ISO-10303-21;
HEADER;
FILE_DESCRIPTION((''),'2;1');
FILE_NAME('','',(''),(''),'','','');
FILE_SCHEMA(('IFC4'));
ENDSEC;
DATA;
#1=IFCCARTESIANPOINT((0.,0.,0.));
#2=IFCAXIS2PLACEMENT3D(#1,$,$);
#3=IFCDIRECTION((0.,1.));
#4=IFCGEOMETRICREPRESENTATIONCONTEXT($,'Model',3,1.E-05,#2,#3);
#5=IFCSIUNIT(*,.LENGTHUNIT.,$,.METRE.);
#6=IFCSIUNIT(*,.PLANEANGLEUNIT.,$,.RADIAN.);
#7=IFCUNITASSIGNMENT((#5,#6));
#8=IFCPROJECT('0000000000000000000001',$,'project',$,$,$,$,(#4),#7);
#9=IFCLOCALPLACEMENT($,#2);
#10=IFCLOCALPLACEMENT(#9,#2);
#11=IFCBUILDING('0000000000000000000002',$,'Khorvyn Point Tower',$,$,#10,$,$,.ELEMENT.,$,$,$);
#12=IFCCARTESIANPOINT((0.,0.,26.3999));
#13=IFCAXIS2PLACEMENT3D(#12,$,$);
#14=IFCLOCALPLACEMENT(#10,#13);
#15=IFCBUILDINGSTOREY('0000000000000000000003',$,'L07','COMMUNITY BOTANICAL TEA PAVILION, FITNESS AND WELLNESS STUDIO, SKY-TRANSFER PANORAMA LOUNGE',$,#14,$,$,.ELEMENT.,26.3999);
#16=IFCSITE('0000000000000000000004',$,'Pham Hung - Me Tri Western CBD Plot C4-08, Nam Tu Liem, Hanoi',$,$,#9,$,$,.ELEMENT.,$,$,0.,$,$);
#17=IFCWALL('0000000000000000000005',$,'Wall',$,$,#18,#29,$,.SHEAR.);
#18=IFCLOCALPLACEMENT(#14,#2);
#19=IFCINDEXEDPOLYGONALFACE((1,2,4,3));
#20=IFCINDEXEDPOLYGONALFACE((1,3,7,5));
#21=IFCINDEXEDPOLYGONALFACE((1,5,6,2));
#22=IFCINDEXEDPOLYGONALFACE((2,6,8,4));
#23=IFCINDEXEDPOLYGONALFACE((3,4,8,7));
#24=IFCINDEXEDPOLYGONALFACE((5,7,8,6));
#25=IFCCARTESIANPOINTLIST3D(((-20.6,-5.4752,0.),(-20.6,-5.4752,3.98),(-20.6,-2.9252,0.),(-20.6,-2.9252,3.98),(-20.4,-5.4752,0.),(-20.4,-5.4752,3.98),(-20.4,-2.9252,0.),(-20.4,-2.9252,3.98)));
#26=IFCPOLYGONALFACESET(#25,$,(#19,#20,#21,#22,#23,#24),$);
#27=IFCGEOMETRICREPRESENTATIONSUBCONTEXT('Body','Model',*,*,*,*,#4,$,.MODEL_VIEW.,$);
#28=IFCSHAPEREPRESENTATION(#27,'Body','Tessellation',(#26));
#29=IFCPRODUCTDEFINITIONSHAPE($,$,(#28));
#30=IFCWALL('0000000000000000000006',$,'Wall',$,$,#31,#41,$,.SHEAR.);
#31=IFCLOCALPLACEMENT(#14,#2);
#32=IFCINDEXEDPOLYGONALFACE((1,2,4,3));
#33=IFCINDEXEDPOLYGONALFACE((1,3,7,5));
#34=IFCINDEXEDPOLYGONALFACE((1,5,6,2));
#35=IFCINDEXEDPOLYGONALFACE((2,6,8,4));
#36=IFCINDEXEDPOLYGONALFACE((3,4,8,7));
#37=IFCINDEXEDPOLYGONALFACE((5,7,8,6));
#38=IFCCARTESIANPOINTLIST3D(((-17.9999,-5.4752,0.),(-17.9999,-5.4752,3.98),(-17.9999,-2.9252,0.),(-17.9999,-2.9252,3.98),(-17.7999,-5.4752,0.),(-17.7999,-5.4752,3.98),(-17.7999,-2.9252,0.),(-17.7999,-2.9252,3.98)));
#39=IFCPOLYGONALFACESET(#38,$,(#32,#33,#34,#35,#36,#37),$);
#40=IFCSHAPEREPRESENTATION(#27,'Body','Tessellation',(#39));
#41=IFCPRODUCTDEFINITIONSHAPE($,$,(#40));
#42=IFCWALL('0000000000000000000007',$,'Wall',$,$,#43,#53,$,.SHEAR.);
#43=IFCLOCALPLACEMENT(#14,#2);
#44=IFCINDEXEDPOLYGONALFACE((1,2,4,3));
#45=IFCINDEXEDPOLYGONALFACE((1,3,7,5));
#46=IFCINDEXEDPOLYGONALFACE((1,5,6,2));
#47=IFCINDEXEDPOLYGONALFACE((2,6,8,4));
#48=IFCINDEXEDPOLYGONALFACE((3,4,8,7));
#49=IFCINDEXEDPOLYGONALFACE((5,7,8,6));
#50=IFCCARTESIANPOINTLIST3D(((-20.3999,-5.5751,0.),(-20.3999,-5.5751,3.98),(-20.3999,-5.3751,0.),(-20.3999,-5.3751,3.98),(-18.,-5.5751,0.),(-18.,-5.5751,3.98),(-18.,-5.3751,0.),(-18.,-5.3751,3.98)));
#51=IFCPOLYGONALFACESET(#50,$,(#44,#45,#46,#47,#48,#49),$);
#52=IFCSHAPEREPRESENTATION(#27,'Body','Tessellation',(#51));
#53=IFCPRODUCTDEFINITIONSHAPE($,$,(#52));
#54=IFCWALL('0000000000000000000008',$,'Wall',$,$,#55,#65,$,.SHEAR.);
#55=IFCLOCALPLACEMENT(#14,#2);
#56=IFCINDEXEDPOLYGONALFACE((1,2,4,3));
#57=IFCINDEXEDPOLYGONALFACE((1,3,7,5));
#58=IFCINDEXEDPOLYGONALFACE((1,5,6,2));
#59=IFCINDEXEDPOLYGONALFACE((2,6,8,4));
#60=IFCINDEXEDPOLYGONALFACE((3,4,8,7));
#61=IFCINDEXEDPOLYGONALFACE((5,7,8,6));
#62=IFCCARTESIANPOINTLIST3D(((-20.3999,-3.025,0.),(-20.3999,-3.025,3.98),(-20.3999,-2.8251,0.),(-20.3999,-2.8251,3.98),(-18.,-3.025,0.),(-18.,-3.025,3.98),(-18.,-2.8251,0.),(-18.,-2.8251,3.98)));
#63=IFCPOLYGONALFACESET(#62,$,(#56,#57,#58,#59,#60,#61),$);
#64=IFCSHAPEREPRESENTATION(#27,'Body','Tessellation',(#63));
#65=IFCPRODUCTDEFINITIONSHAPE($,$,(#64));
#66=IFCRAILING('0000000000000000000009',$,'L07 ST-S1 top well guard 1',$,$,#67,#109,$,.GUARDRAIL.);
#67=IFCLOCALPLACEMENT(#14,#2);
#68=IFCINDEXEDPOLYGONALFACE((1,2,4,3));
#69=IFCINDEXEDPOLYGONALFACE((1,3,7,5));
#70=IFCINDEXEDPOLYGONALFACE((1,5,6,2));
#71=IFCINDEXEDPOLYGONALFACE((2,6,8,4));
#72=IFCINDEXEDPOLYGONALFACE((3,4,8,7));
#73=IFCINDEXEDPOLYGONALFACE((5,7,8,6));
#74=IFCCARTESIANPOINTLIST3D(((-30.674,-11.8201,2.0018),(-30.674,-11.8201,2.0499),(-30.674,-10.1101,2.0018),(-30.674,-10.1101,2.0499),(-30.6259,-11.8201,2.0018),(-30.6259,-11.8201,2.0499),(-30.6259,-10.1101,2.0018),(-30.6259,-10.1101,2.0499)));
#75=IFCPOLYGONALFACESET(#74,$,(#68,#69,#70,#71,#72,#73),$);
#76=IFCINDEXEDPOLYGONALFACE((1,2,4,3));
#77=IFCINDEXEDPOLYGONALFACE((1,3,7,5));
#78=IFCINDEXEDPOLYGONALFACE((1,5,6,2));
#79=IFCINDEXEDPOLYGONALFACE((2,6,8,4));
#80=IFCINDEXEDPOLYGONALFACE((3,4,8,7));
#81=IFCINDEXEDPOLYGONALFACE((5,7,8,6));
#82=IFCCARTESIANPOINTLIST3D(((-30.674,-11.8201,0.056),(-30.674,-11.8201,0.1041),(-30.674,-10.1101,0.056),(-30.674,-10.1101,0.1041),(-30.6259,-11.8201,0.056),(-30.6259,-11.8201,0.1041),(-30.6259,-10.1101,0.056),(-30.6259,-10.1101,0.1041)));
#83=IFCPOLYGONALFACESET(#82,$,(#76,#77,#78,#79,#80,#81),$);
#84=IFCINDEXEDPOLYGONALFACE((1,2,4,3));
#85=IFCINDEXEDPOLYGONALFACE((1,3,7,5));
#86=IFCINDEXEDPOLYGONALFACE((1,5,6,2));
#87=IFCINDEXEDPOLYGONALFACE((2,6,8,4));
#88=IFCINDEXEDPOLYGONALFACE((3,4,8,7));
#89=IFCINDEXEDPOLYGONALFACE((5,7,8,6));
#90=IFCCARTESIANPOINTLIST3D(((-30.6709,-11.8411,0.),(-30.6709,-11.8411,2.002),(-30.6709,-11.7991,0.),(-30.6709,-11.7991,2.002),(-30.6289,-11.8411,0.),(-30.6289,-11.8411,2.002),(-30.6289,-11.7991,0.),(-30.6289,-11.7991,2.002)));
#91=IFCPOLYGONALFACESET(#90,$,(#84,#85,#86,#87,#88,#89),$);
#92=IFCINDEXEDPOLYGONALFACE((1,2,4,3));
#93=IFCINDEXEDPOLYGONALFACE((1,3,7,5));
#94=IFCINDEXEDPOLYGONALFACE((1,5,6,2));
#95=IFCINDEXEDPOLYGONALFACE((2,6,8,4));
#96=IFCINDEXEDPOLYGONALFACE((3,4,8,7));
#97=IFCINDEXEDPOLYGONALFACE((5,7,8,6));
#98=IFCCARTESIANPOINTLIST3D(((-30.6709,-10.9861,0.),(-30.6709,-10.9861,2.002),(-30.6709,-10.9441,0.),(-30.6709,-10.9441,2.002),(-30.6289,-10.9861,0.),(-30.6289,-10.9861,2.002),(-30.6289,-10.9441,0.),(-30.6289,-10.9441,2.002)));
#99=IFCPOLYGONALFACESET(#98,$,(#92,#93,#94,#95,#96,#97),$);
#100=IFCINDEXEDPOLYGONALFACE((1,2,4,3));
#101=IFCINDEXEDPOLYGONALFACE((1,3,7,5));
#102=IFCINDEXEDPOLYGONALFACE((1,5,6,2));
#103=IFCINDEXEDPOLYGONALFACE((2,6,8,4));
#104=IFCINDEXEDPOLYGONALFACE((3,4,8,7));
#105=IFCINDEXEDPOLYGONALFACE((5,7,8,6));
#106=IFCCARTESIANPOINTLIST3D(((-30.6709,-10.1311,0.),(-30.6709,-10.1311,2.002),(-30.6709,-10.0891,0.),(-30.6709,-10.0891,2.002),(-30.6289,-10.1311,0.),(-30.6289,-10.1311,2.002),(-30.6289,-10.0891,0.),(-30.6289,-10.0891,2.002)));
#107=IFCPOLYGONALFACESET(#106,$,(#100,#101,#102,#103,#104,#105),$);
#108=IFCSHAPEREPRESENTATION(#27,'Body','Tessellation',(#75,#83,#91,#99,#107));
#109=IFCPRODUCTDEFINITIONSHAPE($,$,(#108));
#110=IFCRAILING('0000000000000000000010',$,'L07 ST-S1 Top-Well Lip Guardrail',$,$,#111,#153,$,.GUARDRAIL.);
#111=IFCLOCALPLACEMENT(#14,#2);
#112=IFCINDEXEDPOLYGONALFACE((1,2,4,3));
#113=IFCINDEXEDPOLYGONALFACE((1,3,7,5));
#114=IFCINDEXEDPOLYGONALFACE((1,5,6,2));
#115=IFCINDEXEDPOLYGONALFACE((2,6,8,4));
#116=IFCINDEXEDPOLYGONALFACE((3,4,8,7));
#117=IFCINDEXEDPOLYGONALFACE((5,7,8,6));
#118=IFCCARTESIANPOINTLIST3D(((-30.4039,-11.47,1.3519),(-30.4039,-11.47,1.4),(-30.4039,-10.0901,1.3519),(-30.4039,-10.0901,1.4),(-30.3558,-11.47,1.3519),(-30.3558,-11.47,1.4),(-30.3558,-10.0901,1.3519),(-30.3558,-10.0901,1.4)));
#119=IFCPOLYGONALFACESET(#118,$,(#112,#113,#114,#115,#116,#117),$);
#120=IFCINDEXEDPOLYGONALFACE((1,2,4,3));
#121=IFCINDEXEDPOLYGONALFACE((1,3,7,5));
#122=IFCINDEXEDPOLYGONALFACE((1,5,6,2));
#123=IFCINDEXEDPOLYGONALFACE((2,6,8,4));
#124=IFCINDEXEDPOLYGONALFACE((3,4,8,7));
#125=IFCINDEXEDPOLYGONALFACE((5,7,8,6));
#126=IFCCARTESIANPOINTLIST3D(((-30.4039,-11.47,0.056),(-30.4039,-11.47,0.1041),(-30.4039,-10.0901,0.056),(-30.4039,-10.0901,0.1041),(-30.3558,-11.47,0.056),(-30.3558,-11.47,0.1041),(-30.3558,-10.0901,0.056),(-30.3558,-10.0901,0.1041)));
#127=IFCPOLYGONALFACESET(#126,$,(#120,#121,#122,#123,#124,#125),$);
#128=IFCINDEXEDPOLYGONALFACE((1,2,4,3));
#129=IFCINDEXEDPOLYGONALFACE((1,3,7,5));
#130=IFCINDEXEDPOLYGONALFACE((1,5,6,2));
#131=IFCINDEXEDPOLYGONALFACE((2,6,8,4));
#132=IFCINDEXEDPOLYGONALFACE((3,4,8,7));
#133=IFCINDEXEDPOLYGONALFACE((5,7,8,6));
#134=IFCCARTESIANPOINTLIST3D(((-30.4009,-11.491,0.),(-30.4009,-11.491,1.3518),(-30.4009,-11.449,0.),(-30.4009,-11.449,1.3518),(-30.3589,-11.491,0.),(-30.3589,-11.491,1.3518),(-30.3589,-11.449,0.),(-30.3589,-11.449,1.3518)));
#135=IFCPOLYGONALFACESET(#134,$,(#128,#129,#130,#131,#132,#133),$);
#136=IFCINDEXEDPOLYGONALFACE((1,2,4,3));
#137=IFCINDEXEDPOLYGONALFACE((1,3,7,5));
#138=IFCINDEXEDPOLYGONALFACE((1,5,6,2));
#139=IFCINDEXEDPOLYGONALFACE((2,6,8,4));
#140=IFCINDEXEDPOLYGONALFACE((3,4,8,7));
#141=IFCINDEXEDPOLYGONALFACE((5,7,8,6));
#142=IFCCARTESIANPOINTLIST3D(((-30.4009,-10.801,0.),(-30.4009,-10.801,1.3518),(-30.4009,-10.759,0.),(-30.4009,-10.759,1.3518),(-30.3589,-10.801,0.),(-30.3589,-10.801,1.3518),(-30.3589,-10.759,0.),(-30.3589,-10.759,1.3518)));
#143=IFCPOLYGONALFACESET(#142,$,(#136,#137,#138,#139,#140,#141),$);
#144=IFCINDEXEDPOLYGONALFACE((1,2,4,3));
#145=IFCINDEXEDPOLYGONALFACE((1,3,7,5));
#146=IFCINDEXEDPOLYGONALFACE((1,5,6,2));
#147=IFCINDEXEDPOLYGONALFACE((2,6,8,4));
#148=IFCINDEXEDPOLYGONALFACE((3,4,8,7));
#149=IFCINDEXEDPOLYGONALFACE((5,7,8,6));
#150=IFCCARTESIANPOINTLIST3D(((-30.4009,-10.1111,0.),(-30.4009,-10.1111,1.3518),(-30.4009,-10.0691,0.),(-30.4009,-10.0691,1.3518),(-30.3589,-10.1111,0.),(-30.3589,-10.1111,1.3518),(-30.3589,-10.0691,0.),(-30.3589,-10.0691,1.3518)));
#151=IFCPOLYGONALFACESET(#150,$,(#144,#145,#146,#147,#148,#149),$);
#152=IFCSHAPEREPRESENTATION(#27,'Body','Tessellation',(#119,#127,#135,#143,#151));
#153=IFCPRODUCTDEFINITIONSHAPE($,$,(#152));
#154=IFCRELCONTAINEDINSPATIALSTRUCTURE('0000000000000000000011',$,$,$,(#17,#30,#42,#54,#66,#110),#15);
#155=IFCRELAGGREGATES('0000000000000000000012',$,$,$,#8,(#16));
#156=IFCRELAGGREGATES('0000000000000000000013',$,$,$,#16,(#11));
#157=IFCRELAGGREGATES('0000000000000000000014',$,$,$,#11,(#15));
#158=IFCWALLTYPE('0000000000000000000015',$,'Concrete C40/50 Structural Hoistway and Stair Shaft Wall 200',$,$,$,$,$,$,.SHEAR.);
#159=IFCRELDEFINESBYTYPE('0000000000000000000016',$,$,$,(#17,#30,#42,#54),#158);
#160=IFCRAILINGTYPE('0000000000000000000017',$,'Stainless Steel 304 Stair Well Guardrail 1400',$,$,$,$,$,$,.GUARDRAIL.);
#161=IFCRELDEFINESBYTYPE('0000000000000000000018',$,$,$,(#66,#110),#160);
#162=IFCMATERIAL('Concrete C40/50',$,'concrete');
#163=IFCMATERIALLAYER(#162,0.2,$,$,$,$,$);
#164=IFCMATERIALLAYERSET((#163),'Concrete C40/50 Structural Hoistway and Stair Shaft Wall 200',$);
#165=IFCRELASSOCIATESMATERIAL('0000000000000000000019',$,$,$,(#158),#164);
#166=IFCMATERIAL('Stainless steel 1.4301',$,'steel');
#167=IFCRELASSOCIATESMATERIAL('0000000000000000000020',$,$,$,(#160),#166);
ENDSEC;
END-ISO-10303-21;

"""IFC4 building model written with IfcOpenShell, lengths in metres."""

from ifc_helpers import new_model, si_unit, direction, frame, frame_2d, origin, origin_2d, place, context, subcontext, project, spatial, rectangle, extrude, material, layer, layer_set, type_object, element, save


model = new_model("IFC4")

# Units and contexts
model_context = context("Model", 3, precision=1e-05, world=origin(), true_north=direction((0.0, 1.0)))
body_context = subcontext(model_context, "Body", "Model", "MODEL_VIEW")
ifc_project = project(units=[si_unit("LENGTHUNIT", "METRE"), si_unit("PLANEANGLEUNIT", "RADIAN")], contexts=[model_context])

# Site, building, storey
site_placement = place(None, origin())
site = spatial("IfcSite", under=ifc_project, at=site_placement, Name="Pham Hung - Me Tri Western CBD Plot C4-08, Nam Tu Liem, Hanoi", CompositionType="ELEMENT", RefElevation=0.0)
building_placement = place(site_placement, origin())
building = spatial("IfcBuilding", under=site, at=building_placement, Name="Khorvyn Point Tower", CompositionType="ELEMENT")
storey_placement = place(building_placement, frame((0.0, 0.0, 26.3999)))
storey = spatial("IfcBuildingStorey", under=building, at=storey_placement, Name="L07", Description="COMMUNITY BOTANICAL TEA PAVILION, FITNESS AND WELLNESS STUDIO, SKY-TRANSFER PANORAMA LOUNGE", CompositionType="ELEMENT", Elevation=26.3999)

# Shared definitions
ifc_material_1 = material(Name="Concrete C40/50", Category="concrete")

# Walls
ifc_layer_1 = layer(ifc_material_1, 0.2)
ifc_layer_set_1 = layer_set([ifc_layer_1], Name="Concrete C40/50 Structural Hoistway and Stair Shaft Wall 200")
wall_type_1 = type_object("IfcWallType", Name="Concrete C40/50 Structural Hoistway and Stair Shaft Wall 200", PredefinedType="SHEAR", material=ifc_layer_set_1)
for number, where, z_axis, x_axis, name in (
    (1, (-20.5, -5.4751, 0.0), (0.0, 0.0, 1.0), (0.0, 1.0, 0.0), "Wall"),
    (2, (-17.8999, -5.4751, 0.0), (0.0, 0.0, 1.0), (0.0, 1.0, 0.0), "Wall"),
):
    element("IfcWall", number, at=place(storey_placement, frame(where, z_axis=z_axis, x_axis=x_axis)), inside=storey, type_object=wall_type_1, Name=name, PredefinedType="SHEAR", context=body_context, shape_type="SweptSolid", body=[
        extrude(rectangle(XDim=2.55, YDim=0.2, at=frame_2d((1.2749, 0.0))), origin(), (0.0, 0.0, 1.0), 3.98),
    ])
for number, where, z_axis, x_axis, name in (
    (3, (-20.3999, -5.4751, 0.0), (0.0, 0.0, 1.0), (1.0, 0.0, 0.0), "Wall"),
    (4, (-20.3999, -2.925, 0.0), (0.0, 0.0, 1.0), (1.0, 0.0, 0.0), "Wall"),
):
    element("IfcWall", number, at=place(storey_placement, frame(where, z_axis=z_axis, x_axis=x_axis)), inside=storey, type_object=wall_type_1, Name=name, PredefinedType="SHEAR", context=body_context, shape_type="SweptSolid", body=[
        extrude(rectangle(XDim=2.3999, YDim=0.2, at=frame_2d((1.2, 0.0))), origin(), (0.0, 0.0, 1.0), 3.98),
    ])

# Railings
ifc_material_2 = material(Name="Stainless steel 1.4301", Category="steel")
railing_type = type_object("IfcRailingType", Name="Stainless Steel 304 Stair Well Guardrail 1400", PredefinedType="GUARDRAIL", material=ifc_material_2)
railing_1_placement = place(storey_placement, frame((-30.6499, -11.8201, 0.0)))
element("IfcRailing", 5, at=railing_1_placement, inside=storey, type_object=railing_type, Name="L07 ST-S1 top well guard 1", PredefinedType="GUARDRAIL", context=body_context, shape_type="SweptSolid", body=[
    extrude(rectangle(XDim=0.0481, YDim=0.0481, at=origin_2d()), frame((0.0, 0.0, 2.0259), z_axis=(0.0, 1.0, 0.0), x_axis=(-1.0, 0.0, 0.0)), (0.0, 0.0, 1.0), 1.71),
    extrude(rectangle(XDim=0.0481, YDim=0.0481, at=origin_2d()), frame((0.0, 0.0, 0.0801), z_axis=(0.0, 1.0, 0.0), x_axis=(-1.0, 0.0, 0.0)), (0.0, 0.0, 1.0), 1.71),
    extrude(rectangle(XDim=0.042, YDim=0.042, at=origin_2d()), origin(), (0.0, 0.0, 1.0), 2.002),
    extrude(rectangle(XDim=0.042, YDim=0.042, at=origin_2d()), frame((0.0, 0.855, 0.0)), (0.0, 0.0, 1.0), 2.002),
    extrude(rectangle(XDim=0.042, YDim=0.042, at=origin_2d()), frame((0.0, 1.71, 0.0)), (0.0, 0.0, 1.0), 2.002),
])
railing_2_placement = place(storey_placement, frame((-30.3799, -11.47, 0.0)))
element("IfcRailing", 6, at=railing_2_placement, inside=storey, type_object=railing_type, Name="L07 ST-S1 Top-Well Lip Guardrail", PredefinedType="GUARDRAIL", context=body_context, shape_type="SweptSolid", body=[
    extrude(rectangle(XDim=0.0481, YDim=0.0481, at=origin_2d()), frame((0.0, 0.0, 1.376), z_axis=(0.0, 1.0, 0.0), x_axis=(-1.0, 0.0, 0.0)), (0.0, 0.0, 1.0), 1.3799),
    extrude(rectangle(XDim=0.0481, YDim=0.0481, at=origin_2d()), frame((0.0, 0.0, 0.0801), z_axis=(0.0, 1.0, 0.0), x_axis=(-1.0, 0.0, 0.0)), (0.0, 0.0, 1.0), 1.3799),
    extrude(rectangle(XDim=0.042, YDim=0.042, at=origin_2d()), origin(), (0.0, 0.0, 1.0), 1.3518),
    extrude(rectangle(XDim=0.042, YDim=0.042, at=origin_2d()), frame((0.0, 0.6899, 0.0)), (0.0, 0.0, 1.0), 1.3518),
    extrude(rectangle(XDim=0.042, YDim=0.042, at=origin_2d()), frame((0.0, 1.3799, 0.0)), (0.0, 0.0, 1.0), 1.3518),
])

save(model, "model.ifc")
